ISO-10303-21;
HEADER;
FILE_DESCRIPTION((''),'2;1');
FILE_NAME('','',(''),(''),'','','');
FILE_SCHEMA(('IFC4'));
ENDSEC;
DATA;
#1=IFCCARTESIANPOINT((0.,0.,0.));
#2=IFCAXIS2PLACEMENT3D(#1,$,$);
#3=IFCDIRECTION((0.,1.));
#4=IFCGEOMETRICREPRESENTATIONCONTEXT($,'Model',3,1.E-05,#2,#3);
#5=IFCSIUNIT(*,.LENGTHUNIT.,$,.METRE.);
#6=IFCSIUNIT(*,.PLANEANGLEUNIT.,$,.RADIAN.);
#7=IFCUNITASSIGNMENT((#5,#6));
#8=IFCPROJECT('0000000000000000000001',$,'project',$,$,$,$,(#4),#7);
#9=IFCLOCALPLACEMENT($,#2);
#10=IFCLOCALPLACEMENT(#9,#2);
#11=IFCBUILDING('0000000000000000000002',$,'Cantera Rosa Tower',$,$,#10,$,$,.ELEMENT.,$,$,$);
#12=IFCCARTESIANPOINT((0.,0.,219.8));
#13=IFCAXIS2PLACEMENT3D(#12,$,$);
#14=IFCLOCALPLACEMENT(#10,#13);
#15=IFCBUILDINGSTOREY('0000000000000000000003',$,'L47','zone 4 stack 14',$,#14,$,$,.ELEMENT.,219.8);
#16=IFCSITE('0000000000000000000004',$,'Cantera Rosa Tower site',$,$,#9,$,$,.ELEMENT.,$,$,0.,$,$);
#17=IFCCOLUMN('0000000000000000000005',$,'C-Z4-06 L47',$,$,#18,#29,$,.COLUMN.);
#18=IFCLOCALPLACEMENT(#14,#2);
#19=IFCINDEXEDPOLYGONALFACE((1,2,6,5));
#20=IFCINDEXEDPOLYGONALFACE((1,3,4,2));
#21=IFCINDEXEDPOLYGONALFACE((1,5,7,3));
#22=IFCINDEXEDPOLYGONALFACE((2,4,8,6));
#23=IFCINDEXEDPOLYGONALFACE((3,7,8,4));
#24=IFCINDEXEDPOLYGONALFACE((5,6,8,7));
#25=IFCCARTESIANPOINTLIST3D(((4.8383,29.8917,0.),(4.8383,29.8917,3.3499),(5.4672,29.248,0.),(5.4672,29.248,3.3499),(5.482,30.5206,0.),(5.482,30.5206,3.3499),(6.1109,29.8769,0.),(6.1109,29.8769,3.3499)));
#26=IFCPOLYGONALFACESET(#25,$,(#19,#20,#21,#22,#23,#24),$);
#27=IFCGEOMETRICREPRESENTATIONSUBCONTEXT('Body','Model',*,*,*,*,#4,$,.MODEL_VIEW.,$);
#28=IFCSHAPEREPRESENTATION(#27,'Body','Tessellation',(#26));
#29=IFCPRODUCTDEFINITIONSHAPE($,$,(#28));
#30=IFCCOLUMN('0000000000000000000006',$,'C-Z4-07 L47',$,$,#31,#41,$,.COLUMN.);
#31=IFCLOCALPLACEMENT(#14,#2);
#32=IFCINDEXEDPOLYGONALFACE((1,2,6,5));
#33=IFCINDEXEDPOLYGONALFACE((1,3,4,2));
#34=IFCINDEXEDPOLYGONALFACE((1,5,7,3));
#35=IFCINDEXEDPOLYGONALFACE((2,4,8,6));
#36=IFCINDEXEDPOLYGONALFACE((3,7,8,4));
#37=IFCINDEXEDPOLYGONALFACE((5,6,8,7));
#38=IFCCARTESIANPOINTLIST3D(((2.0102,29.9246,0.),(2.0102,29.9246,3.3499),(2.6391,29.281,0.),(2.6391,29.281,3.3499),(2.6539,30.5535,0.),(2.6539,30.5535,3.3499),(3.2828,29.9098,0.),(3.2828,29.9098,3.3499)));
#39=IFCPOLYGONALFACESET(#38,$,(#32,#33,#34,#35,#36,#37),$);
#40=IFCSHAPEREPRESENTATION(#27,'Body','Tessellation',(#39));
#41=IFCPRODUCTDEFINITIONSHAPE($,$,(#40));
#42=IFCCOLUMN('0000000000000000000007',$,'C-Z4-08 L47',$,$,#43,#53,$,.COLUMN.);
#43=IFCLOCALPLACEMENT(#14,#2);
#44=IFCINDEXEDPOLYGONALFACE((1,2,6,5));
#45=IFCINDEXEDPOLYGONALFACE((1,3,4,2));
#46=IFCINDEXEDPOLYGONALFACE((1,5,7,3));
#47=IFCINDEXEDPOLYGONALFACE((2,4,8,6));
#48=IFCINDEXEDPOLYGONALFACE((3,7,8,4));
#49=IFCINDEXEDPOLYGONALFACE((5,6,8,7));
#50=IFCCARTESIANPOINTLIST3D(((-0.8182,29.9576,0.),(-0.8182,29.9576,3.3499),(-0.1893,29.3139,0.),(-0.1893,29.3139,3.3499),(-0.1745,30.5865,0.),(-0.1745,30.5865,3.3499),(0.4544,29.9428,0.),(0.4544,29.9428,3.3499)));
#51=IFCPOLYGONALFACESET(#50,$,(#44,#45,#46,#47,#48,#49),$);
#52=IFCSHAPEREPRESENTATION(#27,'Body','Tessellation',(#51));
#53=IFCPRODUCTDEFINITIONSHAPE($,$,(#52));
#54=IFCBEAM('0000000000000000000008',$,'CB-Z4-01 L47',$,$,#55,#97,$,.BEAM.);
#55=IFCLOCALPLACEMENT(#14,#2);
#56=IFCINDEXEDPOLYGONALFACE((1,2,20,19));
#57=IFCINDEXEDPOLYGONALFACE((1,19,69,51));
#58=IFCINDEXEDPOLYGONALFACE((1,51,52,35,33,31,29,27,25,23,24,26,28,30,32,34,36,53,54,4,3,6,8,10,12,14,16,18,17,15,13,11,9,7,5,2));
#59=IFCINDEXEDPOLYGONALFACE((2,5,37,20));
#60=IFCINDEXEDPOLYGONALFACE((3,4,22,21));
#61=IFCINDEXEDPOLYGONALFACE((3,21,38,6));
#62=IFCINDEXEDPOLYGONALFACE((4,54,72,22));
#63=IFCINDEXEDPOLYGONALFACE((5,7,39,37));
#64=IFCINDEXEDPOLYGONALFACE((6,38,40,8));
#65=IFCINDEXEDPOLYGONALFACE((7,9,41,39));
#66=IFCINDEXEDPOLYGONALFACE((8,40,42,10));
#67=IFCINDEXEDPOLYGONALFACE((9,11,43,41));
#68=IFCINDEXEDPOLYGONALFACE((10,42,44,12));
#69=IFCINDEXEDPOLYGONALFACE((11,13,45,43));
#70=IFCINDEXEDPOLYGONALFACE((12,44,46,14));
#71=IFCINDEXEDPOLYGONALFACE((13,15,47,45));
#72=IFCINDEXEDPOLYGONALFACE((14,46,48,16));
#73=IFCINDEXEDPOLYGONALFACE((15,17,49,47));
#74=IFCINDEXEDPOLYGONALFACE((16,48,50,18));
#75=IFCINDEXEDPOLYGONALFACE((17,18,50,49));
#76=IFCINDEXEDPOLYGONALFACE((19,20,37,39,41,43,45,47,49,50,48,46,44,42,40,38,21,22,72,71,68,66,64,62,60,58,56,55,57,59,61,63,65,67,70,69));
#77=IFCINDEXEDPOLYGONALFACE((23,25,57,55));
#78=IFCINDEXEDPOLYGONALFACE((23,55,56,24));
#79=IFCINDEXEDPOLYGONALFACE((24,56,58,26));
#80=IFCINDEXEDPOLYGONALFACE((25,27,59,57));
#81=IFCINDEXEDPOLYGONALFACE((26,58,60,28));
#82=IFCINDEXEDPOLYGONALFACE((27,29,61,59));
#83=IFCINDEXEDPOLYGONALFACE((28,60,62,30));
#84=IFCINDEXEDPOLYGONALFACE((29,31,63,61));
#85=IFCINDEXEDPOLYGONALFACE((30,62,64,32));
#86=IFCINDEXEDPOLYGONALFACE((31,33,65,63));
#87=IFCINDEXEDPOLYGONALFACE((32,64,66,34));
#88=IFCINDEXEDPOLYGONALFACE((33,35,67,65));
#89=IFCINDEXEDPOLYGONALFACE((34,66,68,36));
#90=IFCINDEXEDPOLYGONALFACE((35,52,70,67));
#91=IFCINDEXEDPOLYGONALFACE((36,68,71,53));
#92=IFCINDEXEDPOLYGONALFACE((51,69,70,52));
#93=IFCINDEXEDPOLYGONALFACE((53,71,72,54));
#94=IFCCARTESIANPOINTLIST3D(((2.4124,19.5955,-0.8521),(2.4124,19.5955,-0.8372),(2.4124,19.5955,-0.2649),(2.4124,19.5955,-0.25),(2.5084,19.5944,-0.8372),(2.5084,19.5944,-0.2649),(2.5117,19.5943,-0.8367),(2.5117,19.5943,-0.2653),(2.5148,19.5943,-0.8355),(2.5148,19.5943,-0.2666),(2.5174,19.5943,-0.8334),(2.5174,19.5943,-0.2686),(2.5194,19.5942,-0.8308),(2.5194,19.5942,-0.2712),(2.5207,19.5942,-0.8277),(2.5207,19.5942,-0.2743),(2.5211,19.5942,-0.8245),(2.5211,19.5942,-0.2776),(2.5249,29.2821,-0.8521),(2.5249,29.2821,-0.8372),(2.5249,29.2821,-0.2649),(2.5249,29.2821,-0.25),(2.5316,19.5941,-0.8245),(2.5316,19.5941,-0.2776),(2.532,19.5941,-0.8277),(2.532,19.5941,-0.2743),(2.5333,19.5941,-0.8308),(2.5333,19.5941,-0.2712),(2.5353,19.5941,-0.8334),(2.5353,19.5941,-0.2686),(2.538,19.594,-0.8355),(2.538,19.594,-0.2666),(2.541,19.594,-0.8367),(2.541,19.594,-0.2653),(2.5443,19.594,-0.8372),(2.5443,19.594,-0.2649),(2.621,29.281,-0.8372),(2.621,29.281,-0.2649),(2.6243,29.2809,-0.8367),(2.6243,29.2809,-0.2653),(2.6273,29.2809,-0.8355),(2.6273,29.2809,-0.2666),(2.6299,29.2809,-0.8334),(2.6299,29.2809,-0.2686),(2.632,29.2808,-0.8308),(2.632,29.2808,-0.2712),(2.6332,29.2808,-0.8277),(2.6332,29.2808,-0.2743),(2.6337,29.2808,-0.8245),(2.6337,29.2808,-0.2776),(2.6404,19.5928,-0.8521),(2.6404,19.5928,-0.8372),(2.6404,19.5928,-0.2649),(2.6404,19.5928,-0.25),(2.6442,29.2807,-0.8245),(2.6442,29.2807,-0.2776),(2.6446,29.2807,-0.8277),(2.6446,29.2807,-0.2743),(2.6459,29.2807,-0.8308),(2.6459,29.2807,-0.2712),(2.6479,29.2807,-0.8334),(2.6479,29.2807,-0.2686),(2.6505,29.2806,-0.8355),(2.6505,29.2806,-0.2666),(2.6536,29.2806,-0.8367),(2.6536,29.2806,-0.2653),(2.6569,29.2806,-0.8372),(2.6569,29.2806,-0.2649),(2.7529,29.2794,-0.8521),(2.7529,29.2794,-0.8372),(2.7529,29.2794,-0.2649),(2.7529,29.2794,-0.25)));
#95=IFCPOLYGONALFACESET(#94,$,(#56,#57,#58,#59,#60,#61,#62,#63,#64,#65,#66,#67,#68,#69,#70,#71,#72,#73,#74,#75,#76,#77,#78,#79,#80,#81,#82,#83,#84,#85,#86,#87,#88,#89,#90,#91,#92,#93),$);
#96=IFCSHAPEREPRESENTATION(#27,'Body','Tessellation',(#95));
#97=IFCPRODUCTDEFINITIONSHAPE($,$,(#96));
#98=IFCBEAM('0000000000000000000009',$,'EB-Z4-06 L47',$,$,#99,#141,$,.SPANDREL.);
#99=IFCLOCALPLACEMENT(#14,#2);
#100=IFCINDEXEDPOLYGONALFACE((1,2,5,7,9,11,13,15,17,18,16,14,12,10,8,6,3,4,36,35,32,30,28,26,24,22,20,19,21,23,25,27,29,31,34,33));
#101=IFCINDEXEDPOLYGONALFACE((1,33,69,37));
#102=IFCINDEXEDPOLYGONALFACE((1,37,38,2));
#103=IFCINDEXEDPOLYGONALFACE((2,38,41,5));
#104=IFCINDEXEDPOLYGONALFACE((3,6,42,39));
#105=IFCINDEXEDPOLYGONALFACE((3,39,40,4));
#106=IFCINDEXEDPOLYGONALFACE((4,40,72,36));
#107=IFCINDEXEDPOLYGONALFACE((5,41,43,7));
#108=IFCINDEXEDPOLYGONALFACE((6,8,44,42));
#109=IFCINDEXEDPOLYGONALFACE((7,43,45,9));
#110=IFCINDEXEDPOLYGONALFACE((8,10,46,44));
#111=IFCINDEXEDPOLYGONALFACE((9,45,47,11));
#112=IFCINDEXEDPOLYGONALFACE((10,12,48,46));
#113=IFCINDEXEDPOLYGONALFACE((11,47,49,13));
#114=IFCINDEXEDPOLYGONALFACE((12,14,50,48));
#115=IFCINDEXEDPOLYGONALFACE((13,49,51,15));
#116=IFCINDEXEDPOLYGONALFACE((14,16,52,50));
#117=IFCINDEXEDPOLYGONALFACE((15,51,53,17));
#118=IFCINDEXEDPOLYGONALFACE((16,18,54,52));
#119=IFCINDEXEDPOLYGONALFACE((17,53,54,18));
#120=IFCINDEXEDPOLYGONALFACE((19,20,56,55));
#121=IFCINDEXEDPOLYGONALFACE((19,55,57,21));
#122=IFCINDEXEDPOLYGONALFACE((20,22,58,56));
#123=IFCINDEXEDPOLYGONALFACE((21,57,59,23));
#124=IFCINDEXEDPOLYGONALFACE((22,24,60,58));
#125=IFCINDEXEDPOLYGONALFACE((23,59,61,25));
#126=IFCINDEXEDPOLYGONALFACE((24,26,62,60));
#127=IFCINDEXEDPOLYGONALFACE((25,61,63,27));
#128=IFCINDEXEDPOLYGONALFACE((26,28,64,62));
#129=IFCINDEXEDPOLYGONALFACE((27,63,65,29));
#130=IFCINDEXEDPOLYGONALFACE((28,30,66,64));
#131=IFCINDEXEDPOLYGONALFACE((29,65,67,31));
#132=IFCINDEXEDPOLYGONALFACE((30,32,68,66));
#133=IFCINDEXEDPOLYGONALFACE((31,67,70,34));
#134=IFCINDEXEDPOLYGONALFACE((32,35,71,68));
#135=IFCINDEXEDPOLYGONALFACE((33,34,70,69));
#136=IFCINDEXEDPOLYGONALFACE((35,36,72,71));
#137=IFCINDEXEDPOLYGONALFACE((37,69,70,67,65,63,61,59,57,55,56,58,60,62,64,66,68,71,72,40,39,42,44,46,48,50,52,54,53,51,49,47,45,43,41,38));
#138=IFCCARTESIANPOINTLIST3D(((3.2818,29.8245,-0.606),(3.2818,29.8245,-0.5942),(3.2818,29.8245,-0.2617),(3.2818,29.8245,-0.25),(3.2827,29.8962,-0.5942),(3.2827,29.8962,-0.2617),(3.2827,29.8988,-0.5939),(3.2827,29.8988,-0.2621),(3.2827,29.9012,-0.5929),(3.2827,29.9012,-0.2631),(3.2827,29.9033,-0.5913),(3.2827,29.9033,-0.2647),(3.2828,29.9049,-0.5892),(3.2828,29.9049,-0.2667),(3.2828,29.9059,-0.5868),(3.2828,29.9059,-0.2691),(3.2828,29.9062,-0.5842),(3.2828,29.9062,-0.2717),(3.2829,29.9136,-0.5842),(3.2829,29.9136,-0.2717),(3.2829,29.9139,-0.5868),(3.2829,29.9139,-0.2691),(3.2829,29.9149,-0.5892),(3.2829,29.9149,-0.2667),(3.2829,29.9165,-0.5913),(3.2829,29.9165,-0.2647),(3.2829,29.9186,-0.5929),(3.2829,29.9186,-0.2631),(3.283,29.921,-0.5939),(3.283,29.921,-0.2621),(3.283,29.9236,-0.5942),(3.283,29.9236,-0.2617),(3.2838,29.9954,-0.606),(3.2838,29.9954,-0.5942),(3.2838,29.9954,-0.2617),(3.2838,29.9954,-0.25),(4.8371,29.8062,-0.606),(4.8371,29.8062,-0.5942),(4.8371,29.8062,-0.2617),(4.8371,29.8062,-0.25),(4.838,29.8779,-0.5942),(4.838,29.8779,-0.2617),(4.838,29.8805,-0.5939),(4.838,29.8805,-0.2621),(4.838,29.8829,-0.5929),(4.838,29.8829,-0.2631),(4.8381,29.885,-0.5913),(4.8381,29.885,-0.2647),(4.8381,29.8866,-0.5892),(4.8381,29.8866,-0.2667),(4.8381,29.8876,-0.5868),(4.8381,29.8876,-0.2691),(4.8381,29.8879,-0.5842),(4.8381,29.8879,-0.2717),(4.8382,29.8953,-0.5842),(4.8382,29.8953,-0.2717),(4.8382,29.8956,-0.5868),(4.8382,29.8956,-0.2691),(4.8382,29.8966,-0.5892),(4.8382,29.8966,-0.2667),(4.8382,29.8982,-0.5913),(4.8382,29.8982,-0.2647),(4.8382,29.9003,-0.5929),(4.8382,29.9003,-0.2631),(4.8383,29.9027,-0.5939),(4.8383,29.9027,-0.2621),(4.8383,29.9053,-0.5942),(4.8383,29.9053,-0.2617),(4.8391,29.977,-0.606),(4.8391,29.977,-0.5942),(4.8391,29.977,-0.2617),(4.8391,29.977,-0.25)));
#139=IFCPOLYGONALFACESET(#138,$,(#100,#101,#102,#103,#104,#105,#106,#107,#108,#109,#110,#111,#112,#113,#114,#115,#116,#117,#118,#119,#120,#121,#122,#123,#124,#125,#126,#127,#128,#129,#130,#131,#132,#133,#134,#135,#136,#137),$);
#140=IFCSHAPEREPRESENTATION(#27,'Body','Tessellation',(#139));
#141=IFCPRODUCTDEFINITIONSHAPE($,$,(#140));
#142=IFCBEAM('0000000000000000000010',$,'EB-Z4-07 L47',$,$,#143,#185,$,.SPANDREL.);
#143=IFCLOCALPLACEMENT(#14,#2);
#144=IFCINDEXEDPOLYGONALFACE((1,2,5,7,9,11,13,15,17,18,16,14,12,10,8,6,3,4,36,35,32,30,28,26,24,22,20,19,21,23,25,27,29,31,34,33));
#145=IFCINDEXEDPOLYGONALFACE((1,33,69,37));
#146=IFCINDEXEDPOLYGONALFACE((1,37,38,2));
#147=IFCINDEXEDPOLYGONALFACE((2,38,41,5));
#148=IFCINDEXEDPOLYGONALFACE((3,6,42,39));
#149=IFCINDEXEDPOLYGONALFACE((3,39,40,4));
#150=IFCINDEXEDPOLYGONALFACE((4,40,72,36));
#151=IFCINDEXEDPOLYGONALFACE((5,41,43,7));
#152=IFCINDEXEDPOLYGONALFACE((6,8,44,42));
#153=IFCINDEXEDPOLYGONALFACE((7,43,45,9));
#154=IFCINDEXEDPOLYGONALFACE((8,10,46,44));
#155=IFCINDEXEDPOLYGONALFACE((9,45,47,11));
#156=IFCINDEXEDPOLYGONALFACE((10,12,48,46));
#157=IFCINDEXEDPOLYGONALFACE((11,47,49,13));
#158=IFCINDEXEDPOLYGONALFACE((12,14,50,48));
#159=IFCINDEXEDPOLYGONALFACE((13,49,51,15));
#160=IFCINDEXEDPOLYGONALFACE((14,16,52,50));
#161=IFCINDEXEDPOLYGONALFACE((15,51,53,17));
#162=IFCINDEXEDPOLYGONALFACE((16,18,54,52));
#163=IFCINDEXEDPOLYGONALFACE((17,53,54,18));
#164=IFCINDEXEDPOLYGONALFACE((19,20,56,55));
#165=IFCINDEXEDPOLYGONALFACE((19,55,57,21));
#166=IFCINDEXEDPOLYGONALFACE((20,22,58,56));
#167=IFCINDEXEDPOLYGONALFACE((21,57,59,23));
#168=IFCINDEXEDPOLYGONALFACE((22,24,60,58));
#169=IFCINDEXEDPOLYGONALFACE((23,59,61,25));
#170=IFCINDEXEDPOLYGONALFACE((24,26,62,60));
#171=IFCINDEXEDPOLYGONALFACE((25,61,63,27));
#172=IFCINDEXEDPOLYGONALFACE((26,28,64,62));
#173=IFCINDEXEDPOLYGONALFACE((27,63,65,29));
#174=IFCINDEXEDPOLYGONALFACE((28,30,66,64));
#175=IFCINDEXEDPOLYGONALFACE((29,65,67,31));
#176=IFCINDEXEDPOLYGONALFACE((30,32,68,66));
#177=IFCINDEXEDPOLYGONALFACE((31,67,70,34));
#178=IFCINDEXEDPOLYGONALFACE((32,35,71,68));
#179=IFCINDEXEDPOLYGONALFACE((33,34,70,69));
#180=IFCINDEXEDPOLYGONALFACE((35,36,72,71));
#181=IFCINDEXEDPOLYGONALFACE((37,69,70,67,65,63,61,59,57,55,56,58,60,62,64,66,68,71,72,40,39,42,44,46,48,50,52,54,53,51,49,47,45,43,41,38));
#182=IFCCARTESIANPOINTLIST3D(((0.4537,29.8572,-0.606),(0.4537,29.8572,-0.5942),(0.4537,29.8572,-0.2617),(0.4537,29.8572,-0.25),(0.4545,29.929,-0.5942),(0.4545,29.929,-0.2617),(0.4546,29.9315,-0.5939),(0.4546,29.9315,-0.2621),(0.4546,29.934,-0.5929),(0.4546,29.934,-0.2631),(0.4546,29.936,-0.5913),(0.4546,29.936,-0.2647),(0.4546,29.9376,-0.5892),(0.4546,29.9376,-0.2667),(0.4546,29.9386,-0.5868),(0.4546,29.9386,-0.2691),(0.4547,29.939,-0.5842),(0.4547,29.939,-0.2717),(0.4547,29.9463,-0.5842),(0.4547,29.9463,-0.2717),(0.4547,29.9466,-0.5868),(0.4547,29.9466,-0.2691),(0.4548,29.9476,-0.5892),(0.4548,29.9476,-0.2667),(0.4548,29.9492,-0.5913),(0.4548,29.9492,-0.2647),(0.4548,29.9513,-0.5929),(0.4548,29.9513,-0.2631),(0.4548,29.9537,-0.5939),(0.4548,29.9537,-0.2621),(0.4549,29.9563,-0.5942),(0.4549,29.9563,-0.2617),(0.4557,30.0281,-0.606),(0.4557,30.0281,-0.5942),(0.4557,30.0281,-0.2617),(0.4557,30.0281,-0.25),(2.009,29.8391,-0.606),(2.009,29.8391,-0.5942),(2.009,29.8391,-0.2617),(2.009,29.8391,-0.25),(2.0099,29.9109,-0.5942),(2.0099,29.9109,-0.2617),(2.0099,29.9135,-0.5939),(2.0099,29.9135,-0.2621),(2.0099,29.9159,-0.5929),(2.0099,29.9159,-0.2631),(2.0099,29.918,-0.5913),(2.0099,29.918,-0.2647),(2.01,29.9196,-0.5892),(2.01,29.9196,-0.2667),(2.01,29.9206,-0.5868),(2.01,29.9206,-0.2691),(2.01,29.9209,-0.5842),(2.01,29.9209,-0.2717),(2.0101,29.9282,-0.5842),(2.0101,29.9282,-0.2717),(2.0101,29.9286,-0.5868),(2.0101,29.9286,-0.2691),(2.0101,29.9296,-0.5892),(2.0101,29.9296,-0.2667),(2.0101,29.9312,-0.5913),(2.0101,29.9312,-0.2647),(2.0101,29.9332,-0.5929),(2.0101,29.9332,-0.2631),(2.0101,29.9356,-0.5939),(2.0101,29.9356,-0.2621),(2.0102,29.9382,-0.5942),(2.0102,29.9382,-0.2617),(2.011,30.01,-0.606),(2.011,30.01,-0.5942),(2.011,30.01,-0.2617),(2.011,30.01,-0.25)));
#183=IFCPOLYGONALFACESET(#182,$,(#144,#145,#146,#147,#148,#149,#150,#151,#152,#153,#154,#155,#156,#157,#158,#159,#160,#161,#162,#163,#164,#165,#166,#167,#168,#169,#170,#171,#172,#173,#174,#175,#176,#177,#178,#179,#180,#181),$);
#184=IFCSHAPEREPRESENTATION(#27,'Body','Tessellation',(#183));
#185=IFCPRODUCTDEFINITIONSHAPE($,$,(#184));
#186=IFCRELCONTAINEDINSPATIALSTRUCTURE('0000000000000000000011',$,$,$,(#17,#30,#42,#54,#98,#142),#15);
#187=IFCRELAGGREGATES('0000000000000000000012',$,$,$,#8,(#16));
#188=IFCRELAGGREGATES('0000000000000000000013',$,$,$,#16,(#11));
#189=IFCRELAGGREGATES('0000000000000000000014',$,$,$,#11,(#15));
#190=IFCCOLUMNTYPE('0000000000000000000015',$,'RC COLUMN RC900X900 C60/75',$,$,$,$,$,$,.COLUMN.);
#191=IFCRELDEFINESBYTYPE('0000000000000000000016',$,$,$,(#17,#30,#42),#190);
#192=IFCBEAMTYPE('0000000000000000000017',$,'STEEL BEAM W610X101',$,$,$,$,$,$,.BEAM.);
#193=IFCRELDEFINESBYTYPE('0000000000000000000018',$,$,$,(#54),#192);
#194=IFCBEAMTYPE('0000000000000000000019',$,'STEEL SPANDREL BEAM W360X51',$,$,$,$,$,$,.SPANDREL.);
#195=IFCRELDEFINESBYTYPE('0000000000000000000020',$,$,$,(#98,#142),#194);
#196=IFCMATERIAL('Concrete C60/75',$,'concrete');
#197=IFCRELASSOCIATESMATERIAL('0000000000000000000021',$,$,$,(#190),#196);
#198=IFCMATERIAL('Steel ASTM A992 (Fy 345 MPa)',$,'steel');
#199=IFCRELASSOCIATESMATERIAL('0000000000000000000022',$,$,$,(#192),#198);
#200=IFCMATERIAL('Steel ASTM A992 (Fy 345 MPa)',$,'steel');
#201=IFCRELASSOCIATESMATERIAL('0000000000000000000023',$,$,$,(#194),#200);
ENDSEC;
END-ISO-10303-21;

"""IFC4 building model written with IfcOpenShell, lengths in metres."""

from ifc_helpers import new_model, si_unit, direction, frame, origin, origin_2d, place, context, subcontext, project, spatial, rectangle, i_section, extrude, material, material_profile, profile_set, type_object, element, save


model = new_model("IFC4")

# Units and contexts
model_context = context("Model", 3, precision=1e-05, world=origin(), true_north=direction((0.0, 1.0)))
body_context = subcontext(model_context, "Body", "Model", "MODEL_VIEW")
ifc_project = project(units=[si_unit("LENGTHUNIT", "METRE"), si_unit("PLANEANGLEUNIT", "RADIAN")], contexts=[model_context])

# Site, building, storey
site_placement = place(None, origin())
site = spatial("IfcSite", under=ifc_project, at=site_placement, Name="Cantera Rosa Tower site", CompositionType="ELEMENT", RefElevation=0.0)
building_placement = place(site_placement, origin())
building = spatial("IfcBuilding", under=site, at=building_placement, Name="Cantera Rosa Tower", CompositionType="ELEMENT")
storey_placement = place(building_placement, frame((0.0, 0.0, 219.8)))
storey = spatial("IfcBuildingStorey", under=building, at=storey_placement, Name="L47", Description="zone 4 stack 14", CompositionType="ELEMENT", Elevation=219.8)

# Columns
ifc_material_1 = material(Name="Concrete C60/75", Category="concrete")
ifc_material_profile_1 = material_profile(ifc_material_1, rectangle(XDim=0.8999, YDim=0.8999, at=origin_2d()), Name="RC COLUMN RC900X900 C60/75")
ifc_profile_set_1 = profile_set([ifc_material_profile_1], Name="Concrete C60/75")
column_type = type_object("IfcColumnType", Name="RC COLUMN RC900X900 C60/75", PredefinedType="COLUMN", material=ifc_profile_set_1)
for number, where, z_axis, x_axis, name in (
    (1, (5.4746, 29.8843, 0.0), (0.0, 0.0, 1.0), (0.715286, 0.698832, 0.0), "C-Z4-06 L47"),
    (2, (2.6465, 29.9172, 0.0), (0.0, 0.0, 1.0), (0.715286, 0.698832, 0.0), "C-Z4-07 L47"),
    (3, (-0.1819, 29.9502, 0.0), (0.0, 0.0, 1.0), (0.715286, 0.698832, 0.0), "C-Z4-08 L47"),
):
    element("IfcColumn", number, at=place(storey_placement, frame(where, z_axis=z_axis, x_axis=x_axis)), inside=storey, type_object=column_type, Name=name, PredefinedType="COLUMN", context=body_context, shape_type="SweptSolid", body=[
        extrude(rectangle(XDim=0.8999, YDim=0.8999, at=origin_2d()), origin(), (0.0, 0.0, 1.0), 3.3499),
    ])

# Beams
ifc_material_2 = material(Name="Steel ASTM A992 (Fy 345 MPa)", Category="steel")
ifc_material_profile_2 = material_profile(ifc_material_2, i_section(OverallWidth=0.228, OverallDepth=0.6021, WebThickness=0.0105, FlangeThickness=0.0149, FilletRadius=0.0127, at=origin_2d()), Name="W610X101")
ifc_profile_set_2 = profile_set([ifc_material_profile_2], Name="Steel ASTM A992 (Fy 345 MPa)")
beam_type_1 = type_object("IfcBeamType", Name="STEEL BEAM W610X101", PredefinedType="BEAM", material=ifc_profile_set_2)
beam_1_placement = place(storey_placement, frame((2.6389, 29.2808, -0.551), z_axis=(-0.011618, -0.999933, 0.0), x_axis=(0.999933, -0.011618, 0.0)))
element("IfcBeam", 4, at=beam_1_placement, inside=storey, type_object=beam_type_1, Name="CB-Z4-01 L47", PredefinedType="BEAM", context=body_context, shape_type="SweptSolid", body=[
    extrude(i_section(OverallWidth=0.228, OverallDepth=0.6021, WebThickness=0.0105, FlangeThickness=0.0149, FilletRadius=0.0127, at=origin_2d()), origin(), (0.0, 0.0, 1.0), 9.6873),
])
ifc_material_3 = material(Name="Steel ASTM A992 (Fy 345 MPa)", Category="steel")
ifc_material_profile_3 = material_profile(ifc_material_3, i_section(OverallWidth=0.1709, OverallDepth=0.356, WebThickness=0.0073, FlangeThickness=0.0117, FilletRadius=0.01, at=origin_2d()), Name="W360X51")
ifc_profile_set_3 = profile_set([ifc_material_profile_3], Name="Steel ASTM A992 (Fy 345 MPa)")
beam_type_2 = type_object("IfcBeamType", Name="STEEL SPANDREL BEAM W360X51", PredefinedType="SPANDREL", material=ifc_profile_set_3)
for number, where, z_axis, x_axis, name in (
    (5, (4.8381, 29.8916, -0.428), (-0.999931, 0.011771, 0.0), (-0.011771, -0.999931, 0.0), "EB-Z4-06 L47"),
    (6, (2.01, 29.9246, -0.428), (-0.999933, 0.011614, 0.0), (-0.011614, -0.999933, 0.0), "EB-Z4-07 L47"),
):
    element("IfcBeam", number, at=place(storey_placement, frame(where, z_axis=z_axis, x_axis=x_axis)), inside=storey, type_object=beam_type_2, Name=name, PredefinedType="SPANDREL", context=body_context, shape_type="SweptSolid", body=[
        extrude(i_section(OverallWidth=0.1709, OverallDepth=0.356, WebThickness=0.0073, FlangeThickness=0.0117, FilletRadius=0.01, at=origin_2d()), origin(), (0.0, 0.0, 1.0), 1.5554),
    ])

save(model, "model.ifc")
